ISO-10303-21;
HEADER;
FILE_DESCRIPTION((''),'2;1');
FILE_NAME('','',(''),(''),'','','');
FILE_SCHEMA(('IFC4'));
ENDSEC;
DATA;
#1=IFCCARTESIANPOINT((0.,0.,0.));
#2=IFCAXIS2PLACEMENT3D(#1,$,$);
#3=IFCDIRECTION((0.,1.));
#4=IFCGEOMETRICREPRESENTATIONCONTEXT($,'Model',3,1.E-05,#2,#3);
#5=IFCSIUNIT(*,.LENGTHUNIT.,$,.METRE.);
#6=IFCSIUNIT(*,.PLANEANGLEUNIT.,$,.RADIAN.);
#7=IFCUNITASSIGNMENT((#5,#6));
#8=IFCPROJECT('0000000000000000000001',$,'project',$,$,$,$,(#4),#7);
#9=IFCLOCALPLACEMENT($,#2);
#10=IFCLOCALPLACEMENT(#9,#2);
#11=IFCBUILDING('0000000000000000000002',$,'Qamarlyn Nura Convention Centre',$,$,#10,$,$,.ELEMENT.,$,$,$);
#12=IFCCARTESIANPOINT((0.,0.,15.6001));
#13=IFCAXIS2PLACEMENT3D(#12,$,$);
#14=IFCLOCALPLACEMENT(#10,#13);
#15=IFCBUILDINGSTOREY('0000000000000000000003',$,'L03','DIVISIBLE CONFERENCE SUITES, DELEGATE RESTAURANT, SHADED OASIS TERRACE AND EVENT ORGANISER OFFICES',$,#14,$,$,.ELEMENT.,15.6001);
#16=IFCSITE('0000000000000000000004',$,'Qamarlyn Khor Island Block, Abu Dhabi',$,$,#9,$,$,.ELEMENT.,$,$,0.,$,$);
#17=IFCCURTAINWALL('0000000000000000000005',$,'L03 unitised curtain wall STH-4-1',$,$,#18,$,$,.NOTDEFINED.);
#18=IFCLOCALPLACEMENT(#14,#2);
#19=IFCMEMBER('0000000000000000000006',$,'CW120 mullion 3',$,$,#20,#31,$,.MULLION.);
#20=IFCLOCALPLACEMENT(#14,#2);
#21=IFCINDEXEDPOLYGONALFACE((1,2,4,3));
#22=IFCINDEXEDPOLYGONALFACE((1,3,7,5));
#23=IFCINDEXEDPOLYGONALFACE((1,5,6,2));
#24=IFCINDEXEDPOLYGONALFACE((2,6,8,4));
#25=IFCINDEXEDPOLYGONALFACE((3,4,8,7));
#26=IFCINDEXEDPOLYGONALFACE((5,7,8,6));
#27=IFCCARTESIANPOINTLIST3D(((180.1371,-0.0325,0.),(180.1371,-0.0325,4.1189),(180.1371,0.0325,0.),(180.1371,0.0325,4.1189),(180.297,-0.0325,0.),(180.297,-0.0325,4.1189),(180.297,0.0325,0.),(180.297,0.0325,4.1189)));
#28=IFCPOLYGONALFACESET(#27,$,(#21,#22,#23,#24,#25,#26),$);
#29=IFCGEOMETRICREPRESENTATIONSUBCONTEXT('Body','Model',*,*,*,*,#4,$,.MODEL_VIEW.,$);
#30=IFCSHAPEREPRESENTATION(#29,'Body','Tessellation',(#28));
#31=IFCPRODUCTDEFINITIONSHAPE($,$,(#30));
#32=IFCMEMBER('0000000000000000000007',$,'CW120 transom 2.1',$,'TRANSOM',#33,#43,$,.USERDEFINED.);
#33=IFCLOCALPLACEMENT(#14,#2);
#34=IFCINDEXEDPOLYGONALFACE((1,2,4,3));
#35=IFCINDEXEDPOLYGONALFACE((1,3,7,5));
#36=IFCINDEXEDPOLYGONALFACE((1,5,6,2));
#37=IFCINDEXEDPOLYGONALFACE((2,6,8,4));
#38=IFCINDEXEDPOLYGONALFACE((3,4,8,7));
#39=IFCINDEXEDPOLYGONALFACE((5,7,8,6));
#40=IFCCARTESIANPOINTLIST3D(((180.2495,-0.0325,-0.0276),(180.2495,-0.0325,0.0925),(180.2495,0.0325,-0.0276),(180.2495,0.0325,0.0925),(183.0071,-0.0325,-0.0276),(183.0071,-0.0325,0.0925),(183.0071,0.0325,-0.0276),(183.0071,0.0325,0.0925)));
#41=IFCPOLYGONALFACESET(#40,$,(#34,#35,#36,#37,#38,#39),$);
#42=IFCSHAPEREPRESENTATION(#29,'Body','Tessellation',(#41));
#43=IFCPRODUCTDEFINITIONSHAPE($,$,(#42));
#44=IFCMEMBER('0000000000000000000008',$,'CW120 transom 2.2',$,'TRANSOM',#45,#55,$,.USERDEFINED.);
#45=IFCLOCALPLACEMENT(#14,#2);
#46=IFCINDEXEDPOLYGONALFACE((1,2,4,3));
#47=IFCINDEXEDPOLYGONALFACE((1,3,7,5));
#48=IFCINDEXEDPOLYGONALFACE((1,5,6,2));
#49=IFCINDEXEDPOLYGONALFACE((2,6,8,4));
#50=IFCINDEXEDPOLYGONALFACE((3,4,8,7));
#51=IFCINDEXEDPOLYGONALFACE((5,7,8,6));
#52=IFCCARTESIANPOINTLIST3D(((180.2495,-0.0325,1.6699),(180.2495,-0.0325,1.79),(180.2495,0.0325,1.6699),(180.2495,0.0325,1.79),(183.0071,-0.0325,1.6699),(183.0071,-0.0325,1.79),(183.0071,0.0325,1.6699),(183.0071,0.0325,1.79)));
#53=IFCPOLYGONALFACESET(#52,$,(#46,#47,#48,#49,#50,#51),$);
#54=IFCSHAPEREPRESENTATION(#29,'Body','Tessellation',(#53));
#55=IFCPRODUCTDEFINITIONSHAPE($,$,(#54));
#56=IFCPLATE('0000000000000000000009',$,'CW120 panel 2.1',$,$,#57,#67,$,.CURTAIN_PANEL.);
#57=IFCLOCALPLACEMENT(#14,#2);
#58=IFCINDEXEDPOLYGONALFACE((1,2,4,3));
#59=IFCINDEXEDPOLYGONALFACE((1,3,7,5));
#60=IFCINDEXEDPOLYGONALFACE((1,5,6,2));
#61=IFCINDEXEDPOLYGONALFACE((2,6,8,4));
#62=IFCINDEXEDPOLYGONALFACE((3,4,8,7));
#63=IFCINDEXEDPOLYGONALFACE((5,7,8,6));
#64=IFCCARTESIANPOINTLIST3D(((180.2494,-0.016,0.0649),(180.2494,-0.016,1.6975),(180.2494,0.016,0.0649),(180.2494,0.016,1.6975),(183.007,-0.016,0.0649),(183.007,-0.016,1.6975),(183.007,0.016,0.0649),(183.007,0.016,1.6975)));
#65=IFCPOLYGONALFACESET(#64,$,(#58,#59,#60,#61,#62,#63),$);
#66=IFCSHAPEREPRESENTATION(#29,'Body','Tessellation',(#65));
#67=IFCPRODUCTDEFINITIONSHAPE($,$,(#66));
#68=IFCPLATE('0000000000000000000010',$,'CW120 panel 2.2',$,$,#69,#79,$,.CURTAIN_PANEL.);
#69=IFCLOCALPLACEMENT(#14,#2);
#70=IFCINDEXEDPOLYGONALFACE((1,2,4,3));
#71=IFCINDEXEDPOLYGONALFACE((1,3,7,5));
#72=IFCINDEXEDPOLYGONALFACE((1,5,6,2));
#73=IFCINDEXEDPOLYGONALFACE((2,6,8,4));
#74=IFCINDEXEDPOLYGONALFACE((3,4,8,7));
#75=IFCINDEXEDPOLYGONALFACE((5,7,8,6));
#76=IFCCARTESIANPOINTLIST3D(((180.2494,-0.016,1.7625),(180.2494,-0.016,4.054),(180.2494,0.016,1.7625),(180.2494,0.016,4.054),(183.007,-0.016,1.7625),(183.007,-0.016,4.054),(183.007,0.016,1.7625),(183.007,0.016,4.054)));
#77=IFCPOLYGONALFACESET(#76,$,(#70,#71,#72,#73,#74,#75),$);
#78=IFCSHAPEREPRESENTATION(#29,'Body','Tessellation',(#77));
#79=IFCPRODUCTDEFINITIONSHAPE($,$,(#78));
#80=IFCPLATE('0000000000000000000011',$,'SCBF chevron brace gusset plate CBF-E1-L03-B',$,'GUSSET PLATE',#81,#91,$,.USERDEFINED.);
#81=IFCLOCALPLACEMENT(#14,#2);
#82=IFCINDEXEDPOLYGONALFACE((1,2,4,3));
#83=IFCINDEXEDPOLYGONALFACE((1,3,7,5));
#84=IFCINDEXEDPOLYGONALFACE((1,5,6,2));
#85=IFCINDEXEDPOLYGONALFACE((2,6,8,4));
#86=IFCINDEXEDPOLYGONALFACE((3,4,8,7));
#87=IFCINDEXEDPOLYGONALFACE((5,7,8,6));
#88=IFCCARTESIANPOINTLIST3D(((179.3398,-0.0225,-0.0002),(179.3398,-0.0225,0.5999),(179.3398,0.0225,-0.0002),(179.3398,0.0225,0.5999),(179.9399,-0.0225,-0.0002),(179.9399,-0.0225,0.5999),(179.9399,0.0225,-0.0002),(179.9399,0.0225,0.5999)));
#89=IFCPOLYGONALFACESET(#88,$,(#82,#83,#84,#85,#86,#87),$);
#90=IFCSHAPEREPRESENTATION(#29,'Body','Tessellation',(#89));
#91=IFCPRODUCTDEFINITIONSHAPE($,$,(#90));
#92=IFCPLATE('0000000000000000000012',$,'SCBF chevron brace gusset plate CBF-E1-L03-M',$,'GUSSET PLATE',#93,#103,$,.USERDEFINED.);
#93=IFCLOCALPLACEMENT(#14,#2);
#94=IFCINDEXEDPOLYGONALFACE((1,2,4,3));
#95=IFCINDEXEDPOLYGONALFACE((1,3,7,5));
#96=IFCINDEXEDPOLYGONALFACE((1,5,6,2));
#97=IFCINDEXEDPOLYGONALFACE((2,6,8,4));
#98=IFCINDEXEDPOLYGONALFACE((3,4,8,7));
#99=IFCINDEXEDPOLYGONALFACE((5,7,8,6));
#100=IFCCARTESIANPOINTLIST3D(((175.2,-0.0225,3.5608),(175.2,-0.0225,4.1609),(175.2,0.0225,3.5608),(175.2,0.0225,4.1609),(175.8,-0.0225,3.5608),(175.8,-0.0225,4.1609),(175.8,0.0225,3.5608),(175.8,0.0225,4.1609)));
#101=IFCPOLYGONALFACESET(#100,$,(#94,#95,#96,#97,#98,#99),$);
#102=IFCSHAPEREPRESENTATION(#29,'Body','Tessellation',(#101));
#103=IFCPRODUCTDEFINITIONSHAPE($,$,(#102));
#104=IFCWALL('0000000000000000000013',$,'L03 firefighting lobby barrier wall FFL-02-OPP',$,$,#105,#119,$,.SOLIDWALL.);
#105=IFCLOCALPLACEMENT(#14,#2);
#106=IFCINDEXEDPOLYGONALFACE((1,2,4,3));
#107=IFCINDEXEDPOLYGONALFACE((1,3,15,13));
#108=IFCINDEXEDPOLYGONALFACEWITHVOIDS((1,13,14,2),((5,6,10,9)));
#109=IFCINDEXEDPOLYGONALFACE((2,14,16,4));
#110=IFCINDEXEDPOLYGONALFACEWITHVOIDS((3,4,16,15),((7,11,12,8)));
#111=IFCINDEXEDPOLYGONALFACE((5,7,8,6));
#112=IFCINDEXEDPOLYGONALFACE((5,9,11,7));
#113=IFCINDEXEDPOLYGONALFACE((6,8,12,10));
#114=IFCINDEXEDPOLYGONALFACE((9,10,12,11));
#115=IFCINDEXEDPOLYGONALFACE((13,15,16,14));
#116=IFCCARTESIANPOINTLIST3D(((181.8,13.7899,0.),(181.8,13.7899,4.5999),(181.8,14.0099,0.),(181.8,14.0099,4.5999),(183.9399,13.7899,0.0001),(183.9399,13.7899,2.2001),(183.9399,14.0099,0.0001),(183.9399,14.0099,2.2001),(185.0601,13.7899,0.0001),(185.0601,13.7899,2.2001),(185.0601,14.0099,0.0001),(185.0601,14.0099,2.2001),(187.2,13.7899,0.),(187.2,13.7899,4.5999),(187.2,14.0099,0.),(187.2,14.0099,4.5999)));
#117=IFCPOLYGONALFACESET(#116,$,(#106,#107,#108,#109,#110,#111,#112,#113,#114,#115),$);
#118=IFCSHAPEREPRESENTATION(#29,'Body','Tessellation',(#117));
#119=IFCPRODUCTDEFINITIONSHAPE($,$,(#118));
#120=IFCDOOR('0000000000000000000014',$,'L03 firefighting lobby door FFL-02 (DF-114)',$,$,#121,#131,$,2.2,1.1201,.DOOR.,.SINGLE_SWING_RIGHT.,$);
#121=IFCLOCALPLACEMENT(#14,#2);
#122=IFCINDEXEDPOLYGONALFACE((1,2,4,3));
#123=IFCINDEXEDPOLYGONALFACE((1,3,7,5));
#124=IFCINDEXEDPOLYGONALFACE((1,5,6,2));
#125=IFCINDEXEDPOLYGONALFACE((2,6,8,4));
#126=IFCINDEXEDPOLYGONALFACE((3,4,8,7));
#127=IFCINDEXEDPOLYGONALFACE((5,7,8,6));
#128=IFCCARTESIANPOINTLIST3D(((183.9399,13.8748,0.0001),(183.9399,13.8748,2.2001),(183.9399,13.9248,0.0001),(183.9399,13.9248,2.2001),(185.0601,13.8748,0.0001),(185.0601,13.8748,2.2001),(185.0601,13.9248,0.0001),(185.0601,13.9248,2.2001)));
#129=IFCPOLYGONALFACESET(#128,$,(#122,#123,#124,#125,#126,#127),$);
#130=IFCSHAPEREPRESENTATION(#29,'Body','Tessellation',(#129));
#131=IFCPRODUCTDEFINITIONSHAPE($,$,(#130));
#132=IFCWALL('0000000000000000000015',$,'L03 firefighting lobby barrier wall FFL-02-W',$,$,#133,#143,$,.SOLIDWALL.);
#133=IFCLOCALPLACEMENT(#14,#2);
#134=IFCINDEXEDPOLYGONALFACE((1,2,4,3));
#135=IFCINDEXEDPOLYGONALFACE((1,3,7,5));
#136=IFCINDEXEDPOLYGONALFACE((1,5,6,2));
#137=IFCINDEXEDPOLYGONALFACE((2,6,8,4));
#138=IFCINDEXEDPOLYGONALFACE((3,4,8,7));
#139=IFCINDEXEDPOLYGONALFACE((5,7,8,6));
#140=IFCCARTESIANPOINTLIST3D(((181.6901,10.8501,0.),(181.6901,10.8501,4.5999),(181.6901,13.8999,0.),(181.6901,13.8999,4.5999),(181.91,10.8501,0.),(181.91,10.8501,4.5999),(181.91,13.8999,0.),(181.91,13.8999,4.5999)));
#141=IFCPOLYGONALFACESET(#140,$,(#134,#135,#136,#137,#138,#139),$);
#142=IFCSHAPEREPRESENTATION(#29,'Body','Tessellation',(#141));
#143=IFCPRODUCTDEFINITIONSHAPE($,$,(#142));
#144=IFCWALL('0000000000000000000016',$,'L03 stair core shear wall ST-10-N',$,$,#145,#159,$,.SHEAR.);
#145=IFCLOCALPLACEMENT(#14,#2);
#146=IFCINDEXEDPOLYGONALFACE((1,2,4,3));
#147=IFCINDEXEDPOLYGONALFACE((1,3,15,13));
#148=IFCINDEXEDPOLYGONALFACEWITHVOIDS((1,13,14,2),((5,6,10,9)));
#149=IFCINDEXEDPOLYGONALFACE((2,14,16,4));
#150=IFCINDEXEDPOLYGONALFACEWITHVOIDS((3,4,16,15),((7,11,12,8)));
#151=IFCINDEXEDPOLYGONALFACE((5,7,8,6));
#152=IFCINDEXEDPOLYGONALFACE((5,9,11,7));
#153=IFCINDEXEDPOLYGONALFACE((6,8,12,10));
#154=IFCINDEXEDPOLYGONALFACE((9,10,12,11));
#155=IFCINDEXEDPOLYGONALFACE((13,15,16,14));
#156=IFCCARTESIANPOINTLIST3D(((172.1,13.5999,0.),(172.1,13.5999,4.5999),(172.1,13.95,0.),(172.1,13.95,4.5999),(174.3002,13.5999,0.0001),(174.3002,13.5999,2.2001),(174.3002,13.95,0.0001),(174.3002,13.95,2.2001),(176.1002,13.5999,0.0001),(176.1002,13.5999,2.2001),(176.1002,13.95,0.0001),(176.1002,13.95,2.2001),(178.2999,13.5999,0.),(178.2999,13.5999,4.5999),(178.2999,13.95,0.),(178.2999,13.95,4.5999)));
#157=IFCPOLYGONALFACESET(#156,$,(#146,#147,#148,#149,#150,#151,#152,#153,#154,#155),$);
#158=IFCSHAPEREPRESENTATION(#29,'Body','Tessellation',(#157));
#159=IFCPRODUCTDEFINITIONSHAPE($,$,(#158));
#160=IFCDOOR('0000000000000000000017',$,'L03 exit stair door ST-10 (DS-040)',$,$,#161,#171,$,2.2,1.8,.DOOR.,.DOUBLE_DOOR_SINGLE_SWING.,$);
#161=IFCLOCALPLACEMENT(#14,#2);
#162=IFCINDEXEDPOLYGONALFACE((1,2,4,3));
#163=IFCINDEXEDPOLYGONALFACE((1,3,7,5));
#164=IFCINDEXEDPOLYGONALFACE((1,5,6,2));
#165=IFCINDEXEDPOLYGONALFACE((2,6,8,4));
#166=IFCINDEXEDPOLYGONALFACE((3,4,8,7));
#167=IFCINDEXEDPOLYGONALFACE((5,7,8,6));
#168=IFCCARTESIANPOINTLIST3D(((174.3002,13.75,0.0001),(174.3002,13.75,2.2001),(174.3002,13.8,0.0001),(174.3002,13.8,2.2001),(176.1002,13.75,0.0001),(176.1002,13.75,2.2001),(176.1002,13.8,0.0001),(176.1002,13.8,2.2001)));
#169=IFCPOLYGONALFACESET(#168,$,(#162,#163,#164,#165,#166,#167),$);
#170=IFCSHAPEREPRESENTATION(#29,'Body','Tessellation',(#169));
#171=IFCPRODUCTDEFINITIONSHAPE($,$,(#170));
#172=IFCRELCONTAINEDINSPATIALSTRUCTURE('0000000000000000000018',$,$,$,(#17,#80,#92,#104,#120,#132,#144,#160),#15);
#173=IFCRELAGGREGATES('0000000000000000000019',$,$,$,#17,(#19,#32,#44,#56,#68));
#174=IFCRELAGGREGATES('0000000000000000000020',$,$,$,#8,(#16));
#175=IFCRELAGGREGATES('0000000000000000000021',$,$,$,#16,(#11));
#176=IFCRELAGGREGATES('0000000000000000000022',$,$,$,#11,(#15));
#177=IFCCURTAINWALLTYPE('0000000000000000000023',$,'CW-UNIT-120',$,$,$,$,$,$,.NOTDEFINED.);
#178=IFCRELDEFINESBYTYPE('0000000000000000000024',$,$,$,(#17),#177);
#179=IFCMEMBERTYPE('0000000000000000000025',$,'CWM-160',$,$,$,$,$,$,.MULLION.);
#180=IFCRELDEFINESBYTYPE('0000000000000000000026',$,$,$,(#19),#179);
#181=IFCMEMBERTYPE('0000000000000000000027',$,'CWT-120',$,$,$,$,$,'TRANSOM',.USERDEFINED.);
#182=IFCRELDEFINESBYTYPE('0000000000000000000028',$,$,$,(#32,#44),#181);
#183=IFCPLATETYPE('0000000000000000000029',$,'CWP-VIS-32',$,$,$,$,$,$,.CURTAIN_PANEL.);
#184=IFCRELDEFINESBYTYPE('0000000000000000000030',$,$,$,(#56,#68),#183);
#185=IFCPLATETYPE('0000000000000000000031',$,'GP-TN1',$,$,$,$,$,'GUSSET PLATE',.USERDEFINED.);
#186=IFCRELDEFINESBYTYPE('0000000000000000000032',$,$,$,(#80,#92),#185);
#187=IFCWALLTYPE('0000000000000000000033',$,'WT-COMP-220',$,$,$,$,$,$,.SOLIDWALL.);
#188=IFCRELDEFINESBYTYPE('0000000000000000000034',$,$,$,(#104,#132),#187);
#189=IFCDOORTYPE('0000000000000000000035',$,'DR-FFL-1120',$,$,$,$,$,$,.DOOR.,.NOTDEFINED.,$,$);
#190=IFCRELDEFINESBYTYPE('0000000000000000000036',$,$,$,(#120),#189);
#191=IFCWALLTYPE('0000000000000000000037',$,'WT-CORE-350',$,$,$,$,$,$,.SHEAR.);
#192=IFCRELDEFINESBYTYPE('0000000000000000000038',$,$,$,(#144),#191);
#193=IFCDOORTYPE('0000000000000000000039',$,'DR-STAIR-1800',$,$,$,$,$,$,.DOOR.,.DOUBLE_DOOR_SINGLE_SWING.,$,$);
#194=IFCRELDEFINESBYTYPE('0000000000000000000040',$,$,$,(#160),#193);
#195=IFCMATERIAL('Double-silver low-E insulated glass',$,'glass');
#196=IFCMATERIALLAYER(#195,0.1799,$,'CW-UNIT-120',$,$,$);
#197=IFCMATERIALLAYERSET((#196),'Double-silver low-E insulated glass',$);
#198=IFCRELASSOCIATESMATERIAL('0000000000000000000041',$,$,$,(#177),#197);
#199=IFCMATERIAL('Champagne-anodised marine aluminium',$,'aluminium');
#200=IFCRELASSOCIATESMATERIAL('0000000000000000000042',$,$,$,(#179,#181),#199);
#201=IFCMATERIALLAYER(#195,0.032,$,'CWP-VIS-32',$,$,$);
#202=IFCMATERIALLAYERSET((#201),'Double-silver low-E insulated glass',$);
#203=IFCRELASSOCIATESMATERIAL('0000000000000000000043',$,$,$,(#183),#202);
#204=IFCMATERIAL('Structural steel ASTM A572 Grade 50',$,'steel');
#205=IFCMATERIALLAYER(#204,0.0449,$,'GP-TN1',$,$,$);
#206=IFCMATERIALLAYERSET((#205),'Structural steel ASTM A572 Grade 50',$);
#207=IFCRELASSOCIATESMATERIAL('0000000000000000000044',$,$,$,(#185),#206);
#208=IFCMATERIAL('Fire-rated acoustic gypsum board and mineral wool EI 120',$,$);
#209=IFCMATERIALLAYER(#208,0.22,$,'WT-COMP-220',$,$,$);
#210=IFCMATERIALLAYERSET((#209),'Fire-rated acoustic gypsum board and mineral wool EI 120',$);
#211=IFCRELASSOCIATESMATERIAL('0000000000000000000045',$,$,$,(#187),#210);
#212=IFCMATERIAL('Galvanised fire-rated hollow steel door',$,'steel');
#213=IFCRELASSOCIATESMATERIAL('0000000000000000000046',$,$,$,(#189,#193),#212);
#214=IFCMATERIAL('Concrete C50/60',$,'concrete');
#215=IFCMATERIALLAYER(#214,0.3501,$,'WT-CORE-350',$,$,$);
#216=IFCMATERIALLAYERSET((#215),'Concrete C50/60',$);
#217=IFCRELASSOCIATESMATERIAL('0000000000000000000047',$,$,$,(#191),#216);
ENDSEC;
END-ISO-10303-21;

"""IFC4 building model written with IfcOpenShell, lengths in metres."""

from ifc_helpers import new_model, si_unit, direction, frame, frame_2d, origin, origin_2d, place, context, subcontext, project, spatial, rectangle, extrude, material, layer, layer_set, material_profile, profile_set, type_object, element, fill, aggregate, save


model = new_model("IFC4")

# Units and contexts
model_context = context("Model", 3, precision=1e-05, world=origin(), true_north=direction((0.0, 1.0)))
body_context = subcontext(model_context, "Body", "Model", "MODEL_VIEW")
ifc_project = project(units=[si_unit("LENGTHUNIT", "METRE"), si_unit("PLANEANGLEUNIT", "RADIAN")], contexts=[model_context])

# Site, building, storey
site_placement = place(None, origin())
site = spatial("IfcSite", under=ifc_project, at=site_placement, Name="Qamarlyn Khor Island Block, Abu Dhabi", CompositionType="ELEMENT", RefElevation=0.0)
building_placement = place(site_placement, origin())
building = spatial("IfcBuilding", under=site, at=building_placement, Name="Qamarlyn Nura Convention Centre", CompositionType="ELEMENT")
storey_placement = place(building_placement, frame((0.0, 0.0, 15.6001)))
storey = spatial("IfcBuildingStorey", under=building, at=storey_placement, Name="L03", Description="DIVISIBLE CONFERENCE SUITES, DELEGATE RESTAURANT, SHADED OASIS TERRACE AND EVENT ORGANISER OFFICES", CompositionType="ELEMENT", Elevation=15.6001)

# Curtain wall, members, plates
ifc_material_1 = material(Name="Double-silver low-E insulated glass", Category="glass")
ifc_layer_1 = layer(ifc_material_1, 0.1799, Name="CW-UNIT-120")
ifc_layer_set_1 = layer_set([ifc_layer_1], Name="Double-silver low-E insulated glass")
curtain_wall_type = type_object("IfcCurtainWallType", Name="CW-UNIT-120", PredefinedType="NOTDEFINED", material=ifc_layer_set_1)
curtain_wall_placement = place(storey_placement, origin())
curtain_wall = element("IfcCurtainWall", 1, at=curtain_wall_placement, inside=storey, type_object=curtain_wall_type, Name="L03 unitised curtain wall STH-4-1", PredefinedType="NOTDEFINED")
ifc_material_2 = material(Name="Champagne-anodised marine aluminium", Category="aluminium")
ifc_material_profile_1 = material_profile(ifc_material_2, rectangle(XDim=0.0649, YDim=0.1599, at=origin_2d()), Name="ALU MULLION 65x160")
ifc_profile_set_1 = profile_set([ifc_material_profile_1], Name="Champagne-anodised marine aluminium")
member_type_1 = type_object("IfcMemberType", Name="CWM-160", PredefinedType="MULLION", material=ifc_profile_set_1)
member_1_placement = place(storey_placement, frame((180.217, 0.0, 0.0), z_axis=(0.0, 0.0, 1.0), x_axis=(0.0, -1.0, 0.0)))
member_1 = element("IfcMember", 2, at=member_1_placement, type_object=member_type_1, Name="CW120 mullion 3", PredefinedType="MULLION", context=body_context, shape_type="SweptSolid", body=[
    extrude(rectangle(XDim=0.0649, YDim=0.1599, at=origin_2d()), origin(), (0.0, 0.0, 1.0), 4.1189),
])
ifc_material_profile_2 = material_profile(ifc_material_2, rectangle(XDim=0.0649, YDim=0.1201, at=origin_2d()), Name="ALU TRANSOM 65x120")
ifc_profile_set_2 = profile_set([ifc_material_profile_2], Name="Champagne-anodised marine aluminium")
member_type_2 = type_object("IfcMemberType", Name="CWT-120", ElementType="TRANSOM", PredefinedType="USERDEFINED", material=ifc_profile_set_2)
member_2_placement = place(storey_placement, frame((183.0071, 0.0, 0.0325), z_axis=(-1.0, 0.0, 0.0), x_axis=(0.0, -1.0, 0.0)))
member_2 = element("IfcMember", 3, at=member_2_placement, type_object=member_type_2, Name="CW120 transom 2.1", ObjectType="TRANSOM", PredefinedType="USERDEFINED", context=body_context, shape_type="SweptSolid", body=[
    extrude(rectangle(XDim=0.0649, YDim=0.1201, at=origin_2d()), origin(), (0.0, 0.0, 1.0), 2.7576),
])
member_3_placement = place(storey_placement, frame((183.0071, 0.0, 1.73), z_axis=(-1.0, 0.0, 0.0), x_axis=(0.0, -1.0, 0.0)))
member_3 = element("IfcMember", 4, at=member_3_placement, type_object=member_type_2, Name="CW120 transom 2.2", ObjectType="TRANSOM", PredefinedType="USERDEFINED", context=body_context, shape_type="SweptSolid", body=[
    extrude(rectangle(XDim=0.0649, YDim=0.1201, at=origin_2d()), origin(), (0.0, 0.0, 1.0), 2.7576),
])
ifc_layer_2 = layer(ifc_material_1, 0.032, Name="CWP-VIS-32")
ifc_layer_set_2 = layer_set([ifc_layer_2], Name="Double-silver low-E insulated glass")
plate_type_1 = type_object("IfcPlateType", Name="CWP-VIS-32", PredefinedType="CURTAIN_PANEL", material=ifc_layer_set_2)
plate_1_placement = place(storey_placement, frame((181.6282, 0.0, 0.0649), z_axis=(0.0, 0.0, 1.0), x_axis=(-1.0, 0.0, 0.0)))
plate_1 = element("IfcPlate", 5, at=plate_1_placement, type_object=plate_type_1, Name="CW120 panel 2.1", PredefinedType="CURTAIN_PANEL", context=body_context, shape_type="SweptSolid", body=[
    extrude(rectangle(XDim=2.7576, YDim=0.032, at=origin_2d()), origin(), (0.0, 0.0, 1.0), 1.6326),
])
plate_2_placement = place(storey_placement, frame((181.6282, 0.0, 1.7625), z_axis=(0.0, 0.0, 1.0), x_axis=(-1.0, 0.0, 0.0)))
plate_2 = element("IfcPlate", 6, at=plate_2_placement, type_object=plate_type_1, Name="CW120 panel 2.2", PredefinedType="CURTAIN_PANEL", context=body_context, shape_type="SweptSolid", body=[
    extrude(rectangle(XDim=2.7576, YDim=0.032, at=origin_2d()), origin(), (0.0, 0.0, 1.0), 2.2915),
])
aggregate(curtain_wall, [member_1, member_2, member_3, plate_1, plate_2])

# Plates
ifc_material_3 = material(Name="Structural steel ASTM A572 Grade 50", Category="steel")
ifc_layer_3 = layer(ifc_material_3, 0.0449, Name="GP-TN1")
ifc_layer_set_3 = layer_set([ifc_layer_3], Name="Structural steel ASTM A572 Grade 50")
plate_type_2 = type_object("IfcPlateType", Name="GP-TN1", ElementType="GUSSET PLATE", PredefinedType="USERDEFINED", material=ifc_layer_set_3)
for number, where, z_axis, x_axis, name in (
    (7, (179.6399, 0.0, -0.0002), (0.0, 0.0, 1.0), (1.0, 0.0, 0.0), "SCBF chevron brace gusset plate CBF-E1-L03-B"),
    (8, (175.5, 0.0, 3.5608), (0.0, 0.0, 1.0), (1.0, 0.0, 0.0), "SCBF chevron brace gusset plate CBF-E1-L03-M"),
):
    element("IfcPlate", number, at=place(storey_placement, frame(where, z_axis=z_axis, x_axis=x_axis)), inside=storey, type_object=plate_type_2, Name=name, ObjectType="GUSSET PLATE", PredefinedType="USERDEFINED", context=body_context, shape_type="SweptSolid", body=[
        extrude(rectangle(XDim=0.6001, YDim=0.0449, at=origin_2d()), origin(), (0.0, 0.0, 1.0), 0.6001),
    ])

# Wall, opening, door
ifc_material_4 = material(Name="Fire-rated acoustic gypsum board and mineral wool EI 120")
ifc_layer_4 = layer(ifc_material_4, 0.22, Name="WT-COMP-220")
ifc_layer_set_4 = layer_set([ifc_layer_4], Name="Fire-rated acoustic gypsum board and mineral wool EI 120")
wall_type_1 = type_object("IfcWallType", Name="WT-COMP-220", PredefinedType="SOLIDWALL", material=ifc_layer_set_4)
wall_1_placement = place(storey_placement, frame((181.8, 13.8999, 0.0), z_axis=(0.0, 0.0, 1.0), x_axis=(1.0, 0.0, 0.0)))
wall_1 = element("IfcWall", 9, at=wall_1_placement, inside=storey, type_object=wall_type_1, Name="L03 firefighting lobby barrier wall FFL-02-OPP", PredefinedType="SOLIDWALL", context=body_context, shape_type="SweptSolid", body=[
    extrude(rectangle(XDim=5.3999, YDim=0.22, at=frame_2d((2.7, 0.0))), origin(), (0.0, 0.0, 1.0), 4.5999),
])
opening_1_placement = place(wall_1_placement, frame((2.1399, 0.0, 0.0)))
opening_1 = element("IfcOpeningElement", 10, at=opening_1_placement, cuts=wall_1, PredefinedType="OPENING", context=body_context, shape_type="SweptSolid", body=[
    extrude(rectangle(XDim=1.1201, YDim=2.2, at=frame_2d((0.5601, 1.1001))), frame((0.0, 0.1201, 0.0), z_axis=(0.0, -1.0, 0.0), x_axis=(1.0, 0.0, 0.0)), (0.0, 0.0, 1.0), 0.24),
])
ifc_material_5 = material(Name="Galvanised fire-rated hollow steel door", Category="steel")
door_type_1 = type_object("IfcDoorType", Name="DR-FFL-1120", OperationType="NOTDEFINED", PredefinedType="DOOR", material=ifc_material_5)
door_1_placement = place(opening_1_placement, origin())
door_1 = element("IfcDoor", 11, at=door_1_placement, inside=storey, type_object=door_type_1, Name="L03 firefighting lobby door FFL-02 (DF-114)", OperationType="SINGLE_SWING_RIGHT", OverallHeight=2.2, OverallWidth=1.1201, PredefinedType="DOOR", context=body_context, shape_type="SweptSolid", body=[
    extrude(rectangle(XDim=1.1201, YDim=2.2, at=frame_2d((0.5601, 1.1001))), frame((0.0, 0.0249, 0.0), z_axis=(0.0, -1.0, 0.0), x_axis=(1.0, 0.0, 0.0)), (0.0, 0.0, 1.0), 0.05),
])
fill(opening_1, door_1)

# Wall
wall_2_placement = place(storey_placement, frame((181.8, 10.8501, 0.0), z_axis=(0.0, 0.0, 1.0), x_axis=(0.0, 1.0, 0.0)))
element("IfcWall", 12, at=wall_2_placement, inside=storey, type_object=wall_type_1, Name="L03 firefighting lobby barrier wall FFL-02-W", PredefinedType="SOLIDWALL", context=body_context, shape_type="SweptSolid", body=[
    extrude(rectangle(XDim=3.0498, YDim=0.22, at=frame_2d((1.5249, 0.0))), origin(), (0.0, 0.0, 1.0), 4.5999),
])

# Wall, opening, door
ifc_material_6 = material(Name="Concrete C50/60", Category="concrete")
ifc_layer_5 = layer(ifc_material_6, 0.3501, Name="WT-CORE-350")
ifc_layer_set_5 = layer_set([ifc_layer_5], Name="Concrete C50/60")
wall_type_2 = type_object("IfcWallType", Name="WT-CORE-350", PredefinedType="SHEAR", material=ifc_layer_set_5)
wall_3_placement = place(storey_placement, frame((178.3, 13.7749, 0.0), z_axis=(0.0, 0.0, 1.0), x_axis=(-1.0, 0.0, 0.0)))
wall_3 = element("IfcWall", 13, at=wall_3_placement, inside=storey, type_object=wall_type_2, Name="L03 stair core shear wall ST-10-N", PredefinedType="SHEAR", context=body_context, shape_type="SweptSolid", body=[
    extrude(rectangle(XDim=6.2, YDim=0.3501, at=frame_2d((3.1001, 0.0))), origin(), (0.0, 0.0, 1.0), 4.5999),
])
opening_2_placement = place(wall_3_placement, frame((2.2, 0.0, 0.0)))
opening_2 = element("IfcOpeningElement", 14, at=opening_2_placement, cuts=wall_3, PredefinedType="OPENING", context=body_context, shape_type="SweptSolid", body=[
    extrude(rectangle(XDim=1.8, YDim=2.2, at=frame_2d((0.8999, 1.1001))), frame((0.0, 0.1851, 0.0), z_axis=(0.0, -1.0, 0.0), x_axis=(1.0, 0.0, 0.0)), (0.0, 0.0, 1.0), 0.3701),
])
door_type_2 = type_object("IfcDoorType", Name="DR-STAIR-1800", OperationType="DOUBLE_DOOR_SINGLE_SWING", PredefinedType="DOOR", material=ifc_material_5)
door_2_placement = place(opening_2_placement, origin())
door_2 = element("IfcDoor", 15, at=door_2_placement, inside=storey, type_object=door_type_2, Name="L03 exit stair door ST-10 (DS-040)", OperationType="DOUBLE_DOOR_SINGLE_SWING", OverallHeight=2.2, OverallWidth=1.8, PredefinedType="DOOR", context=body_context, shape_type="SweptSolid", body=[
    extrude(rectangle(XDim=1.8, YDim=2.2, at=frame_2d((0.8999, 1.1001))), frame((0.0, 0.0249, 0.0), z_axis=(0.0, -1.0, 0.0), x_axis=(1.0, 0.0, 0.0)), (0.0, 0.0, 1.0), 0.05),
])
fill(opening_2, door_2)

save(model, "model.ifc")
